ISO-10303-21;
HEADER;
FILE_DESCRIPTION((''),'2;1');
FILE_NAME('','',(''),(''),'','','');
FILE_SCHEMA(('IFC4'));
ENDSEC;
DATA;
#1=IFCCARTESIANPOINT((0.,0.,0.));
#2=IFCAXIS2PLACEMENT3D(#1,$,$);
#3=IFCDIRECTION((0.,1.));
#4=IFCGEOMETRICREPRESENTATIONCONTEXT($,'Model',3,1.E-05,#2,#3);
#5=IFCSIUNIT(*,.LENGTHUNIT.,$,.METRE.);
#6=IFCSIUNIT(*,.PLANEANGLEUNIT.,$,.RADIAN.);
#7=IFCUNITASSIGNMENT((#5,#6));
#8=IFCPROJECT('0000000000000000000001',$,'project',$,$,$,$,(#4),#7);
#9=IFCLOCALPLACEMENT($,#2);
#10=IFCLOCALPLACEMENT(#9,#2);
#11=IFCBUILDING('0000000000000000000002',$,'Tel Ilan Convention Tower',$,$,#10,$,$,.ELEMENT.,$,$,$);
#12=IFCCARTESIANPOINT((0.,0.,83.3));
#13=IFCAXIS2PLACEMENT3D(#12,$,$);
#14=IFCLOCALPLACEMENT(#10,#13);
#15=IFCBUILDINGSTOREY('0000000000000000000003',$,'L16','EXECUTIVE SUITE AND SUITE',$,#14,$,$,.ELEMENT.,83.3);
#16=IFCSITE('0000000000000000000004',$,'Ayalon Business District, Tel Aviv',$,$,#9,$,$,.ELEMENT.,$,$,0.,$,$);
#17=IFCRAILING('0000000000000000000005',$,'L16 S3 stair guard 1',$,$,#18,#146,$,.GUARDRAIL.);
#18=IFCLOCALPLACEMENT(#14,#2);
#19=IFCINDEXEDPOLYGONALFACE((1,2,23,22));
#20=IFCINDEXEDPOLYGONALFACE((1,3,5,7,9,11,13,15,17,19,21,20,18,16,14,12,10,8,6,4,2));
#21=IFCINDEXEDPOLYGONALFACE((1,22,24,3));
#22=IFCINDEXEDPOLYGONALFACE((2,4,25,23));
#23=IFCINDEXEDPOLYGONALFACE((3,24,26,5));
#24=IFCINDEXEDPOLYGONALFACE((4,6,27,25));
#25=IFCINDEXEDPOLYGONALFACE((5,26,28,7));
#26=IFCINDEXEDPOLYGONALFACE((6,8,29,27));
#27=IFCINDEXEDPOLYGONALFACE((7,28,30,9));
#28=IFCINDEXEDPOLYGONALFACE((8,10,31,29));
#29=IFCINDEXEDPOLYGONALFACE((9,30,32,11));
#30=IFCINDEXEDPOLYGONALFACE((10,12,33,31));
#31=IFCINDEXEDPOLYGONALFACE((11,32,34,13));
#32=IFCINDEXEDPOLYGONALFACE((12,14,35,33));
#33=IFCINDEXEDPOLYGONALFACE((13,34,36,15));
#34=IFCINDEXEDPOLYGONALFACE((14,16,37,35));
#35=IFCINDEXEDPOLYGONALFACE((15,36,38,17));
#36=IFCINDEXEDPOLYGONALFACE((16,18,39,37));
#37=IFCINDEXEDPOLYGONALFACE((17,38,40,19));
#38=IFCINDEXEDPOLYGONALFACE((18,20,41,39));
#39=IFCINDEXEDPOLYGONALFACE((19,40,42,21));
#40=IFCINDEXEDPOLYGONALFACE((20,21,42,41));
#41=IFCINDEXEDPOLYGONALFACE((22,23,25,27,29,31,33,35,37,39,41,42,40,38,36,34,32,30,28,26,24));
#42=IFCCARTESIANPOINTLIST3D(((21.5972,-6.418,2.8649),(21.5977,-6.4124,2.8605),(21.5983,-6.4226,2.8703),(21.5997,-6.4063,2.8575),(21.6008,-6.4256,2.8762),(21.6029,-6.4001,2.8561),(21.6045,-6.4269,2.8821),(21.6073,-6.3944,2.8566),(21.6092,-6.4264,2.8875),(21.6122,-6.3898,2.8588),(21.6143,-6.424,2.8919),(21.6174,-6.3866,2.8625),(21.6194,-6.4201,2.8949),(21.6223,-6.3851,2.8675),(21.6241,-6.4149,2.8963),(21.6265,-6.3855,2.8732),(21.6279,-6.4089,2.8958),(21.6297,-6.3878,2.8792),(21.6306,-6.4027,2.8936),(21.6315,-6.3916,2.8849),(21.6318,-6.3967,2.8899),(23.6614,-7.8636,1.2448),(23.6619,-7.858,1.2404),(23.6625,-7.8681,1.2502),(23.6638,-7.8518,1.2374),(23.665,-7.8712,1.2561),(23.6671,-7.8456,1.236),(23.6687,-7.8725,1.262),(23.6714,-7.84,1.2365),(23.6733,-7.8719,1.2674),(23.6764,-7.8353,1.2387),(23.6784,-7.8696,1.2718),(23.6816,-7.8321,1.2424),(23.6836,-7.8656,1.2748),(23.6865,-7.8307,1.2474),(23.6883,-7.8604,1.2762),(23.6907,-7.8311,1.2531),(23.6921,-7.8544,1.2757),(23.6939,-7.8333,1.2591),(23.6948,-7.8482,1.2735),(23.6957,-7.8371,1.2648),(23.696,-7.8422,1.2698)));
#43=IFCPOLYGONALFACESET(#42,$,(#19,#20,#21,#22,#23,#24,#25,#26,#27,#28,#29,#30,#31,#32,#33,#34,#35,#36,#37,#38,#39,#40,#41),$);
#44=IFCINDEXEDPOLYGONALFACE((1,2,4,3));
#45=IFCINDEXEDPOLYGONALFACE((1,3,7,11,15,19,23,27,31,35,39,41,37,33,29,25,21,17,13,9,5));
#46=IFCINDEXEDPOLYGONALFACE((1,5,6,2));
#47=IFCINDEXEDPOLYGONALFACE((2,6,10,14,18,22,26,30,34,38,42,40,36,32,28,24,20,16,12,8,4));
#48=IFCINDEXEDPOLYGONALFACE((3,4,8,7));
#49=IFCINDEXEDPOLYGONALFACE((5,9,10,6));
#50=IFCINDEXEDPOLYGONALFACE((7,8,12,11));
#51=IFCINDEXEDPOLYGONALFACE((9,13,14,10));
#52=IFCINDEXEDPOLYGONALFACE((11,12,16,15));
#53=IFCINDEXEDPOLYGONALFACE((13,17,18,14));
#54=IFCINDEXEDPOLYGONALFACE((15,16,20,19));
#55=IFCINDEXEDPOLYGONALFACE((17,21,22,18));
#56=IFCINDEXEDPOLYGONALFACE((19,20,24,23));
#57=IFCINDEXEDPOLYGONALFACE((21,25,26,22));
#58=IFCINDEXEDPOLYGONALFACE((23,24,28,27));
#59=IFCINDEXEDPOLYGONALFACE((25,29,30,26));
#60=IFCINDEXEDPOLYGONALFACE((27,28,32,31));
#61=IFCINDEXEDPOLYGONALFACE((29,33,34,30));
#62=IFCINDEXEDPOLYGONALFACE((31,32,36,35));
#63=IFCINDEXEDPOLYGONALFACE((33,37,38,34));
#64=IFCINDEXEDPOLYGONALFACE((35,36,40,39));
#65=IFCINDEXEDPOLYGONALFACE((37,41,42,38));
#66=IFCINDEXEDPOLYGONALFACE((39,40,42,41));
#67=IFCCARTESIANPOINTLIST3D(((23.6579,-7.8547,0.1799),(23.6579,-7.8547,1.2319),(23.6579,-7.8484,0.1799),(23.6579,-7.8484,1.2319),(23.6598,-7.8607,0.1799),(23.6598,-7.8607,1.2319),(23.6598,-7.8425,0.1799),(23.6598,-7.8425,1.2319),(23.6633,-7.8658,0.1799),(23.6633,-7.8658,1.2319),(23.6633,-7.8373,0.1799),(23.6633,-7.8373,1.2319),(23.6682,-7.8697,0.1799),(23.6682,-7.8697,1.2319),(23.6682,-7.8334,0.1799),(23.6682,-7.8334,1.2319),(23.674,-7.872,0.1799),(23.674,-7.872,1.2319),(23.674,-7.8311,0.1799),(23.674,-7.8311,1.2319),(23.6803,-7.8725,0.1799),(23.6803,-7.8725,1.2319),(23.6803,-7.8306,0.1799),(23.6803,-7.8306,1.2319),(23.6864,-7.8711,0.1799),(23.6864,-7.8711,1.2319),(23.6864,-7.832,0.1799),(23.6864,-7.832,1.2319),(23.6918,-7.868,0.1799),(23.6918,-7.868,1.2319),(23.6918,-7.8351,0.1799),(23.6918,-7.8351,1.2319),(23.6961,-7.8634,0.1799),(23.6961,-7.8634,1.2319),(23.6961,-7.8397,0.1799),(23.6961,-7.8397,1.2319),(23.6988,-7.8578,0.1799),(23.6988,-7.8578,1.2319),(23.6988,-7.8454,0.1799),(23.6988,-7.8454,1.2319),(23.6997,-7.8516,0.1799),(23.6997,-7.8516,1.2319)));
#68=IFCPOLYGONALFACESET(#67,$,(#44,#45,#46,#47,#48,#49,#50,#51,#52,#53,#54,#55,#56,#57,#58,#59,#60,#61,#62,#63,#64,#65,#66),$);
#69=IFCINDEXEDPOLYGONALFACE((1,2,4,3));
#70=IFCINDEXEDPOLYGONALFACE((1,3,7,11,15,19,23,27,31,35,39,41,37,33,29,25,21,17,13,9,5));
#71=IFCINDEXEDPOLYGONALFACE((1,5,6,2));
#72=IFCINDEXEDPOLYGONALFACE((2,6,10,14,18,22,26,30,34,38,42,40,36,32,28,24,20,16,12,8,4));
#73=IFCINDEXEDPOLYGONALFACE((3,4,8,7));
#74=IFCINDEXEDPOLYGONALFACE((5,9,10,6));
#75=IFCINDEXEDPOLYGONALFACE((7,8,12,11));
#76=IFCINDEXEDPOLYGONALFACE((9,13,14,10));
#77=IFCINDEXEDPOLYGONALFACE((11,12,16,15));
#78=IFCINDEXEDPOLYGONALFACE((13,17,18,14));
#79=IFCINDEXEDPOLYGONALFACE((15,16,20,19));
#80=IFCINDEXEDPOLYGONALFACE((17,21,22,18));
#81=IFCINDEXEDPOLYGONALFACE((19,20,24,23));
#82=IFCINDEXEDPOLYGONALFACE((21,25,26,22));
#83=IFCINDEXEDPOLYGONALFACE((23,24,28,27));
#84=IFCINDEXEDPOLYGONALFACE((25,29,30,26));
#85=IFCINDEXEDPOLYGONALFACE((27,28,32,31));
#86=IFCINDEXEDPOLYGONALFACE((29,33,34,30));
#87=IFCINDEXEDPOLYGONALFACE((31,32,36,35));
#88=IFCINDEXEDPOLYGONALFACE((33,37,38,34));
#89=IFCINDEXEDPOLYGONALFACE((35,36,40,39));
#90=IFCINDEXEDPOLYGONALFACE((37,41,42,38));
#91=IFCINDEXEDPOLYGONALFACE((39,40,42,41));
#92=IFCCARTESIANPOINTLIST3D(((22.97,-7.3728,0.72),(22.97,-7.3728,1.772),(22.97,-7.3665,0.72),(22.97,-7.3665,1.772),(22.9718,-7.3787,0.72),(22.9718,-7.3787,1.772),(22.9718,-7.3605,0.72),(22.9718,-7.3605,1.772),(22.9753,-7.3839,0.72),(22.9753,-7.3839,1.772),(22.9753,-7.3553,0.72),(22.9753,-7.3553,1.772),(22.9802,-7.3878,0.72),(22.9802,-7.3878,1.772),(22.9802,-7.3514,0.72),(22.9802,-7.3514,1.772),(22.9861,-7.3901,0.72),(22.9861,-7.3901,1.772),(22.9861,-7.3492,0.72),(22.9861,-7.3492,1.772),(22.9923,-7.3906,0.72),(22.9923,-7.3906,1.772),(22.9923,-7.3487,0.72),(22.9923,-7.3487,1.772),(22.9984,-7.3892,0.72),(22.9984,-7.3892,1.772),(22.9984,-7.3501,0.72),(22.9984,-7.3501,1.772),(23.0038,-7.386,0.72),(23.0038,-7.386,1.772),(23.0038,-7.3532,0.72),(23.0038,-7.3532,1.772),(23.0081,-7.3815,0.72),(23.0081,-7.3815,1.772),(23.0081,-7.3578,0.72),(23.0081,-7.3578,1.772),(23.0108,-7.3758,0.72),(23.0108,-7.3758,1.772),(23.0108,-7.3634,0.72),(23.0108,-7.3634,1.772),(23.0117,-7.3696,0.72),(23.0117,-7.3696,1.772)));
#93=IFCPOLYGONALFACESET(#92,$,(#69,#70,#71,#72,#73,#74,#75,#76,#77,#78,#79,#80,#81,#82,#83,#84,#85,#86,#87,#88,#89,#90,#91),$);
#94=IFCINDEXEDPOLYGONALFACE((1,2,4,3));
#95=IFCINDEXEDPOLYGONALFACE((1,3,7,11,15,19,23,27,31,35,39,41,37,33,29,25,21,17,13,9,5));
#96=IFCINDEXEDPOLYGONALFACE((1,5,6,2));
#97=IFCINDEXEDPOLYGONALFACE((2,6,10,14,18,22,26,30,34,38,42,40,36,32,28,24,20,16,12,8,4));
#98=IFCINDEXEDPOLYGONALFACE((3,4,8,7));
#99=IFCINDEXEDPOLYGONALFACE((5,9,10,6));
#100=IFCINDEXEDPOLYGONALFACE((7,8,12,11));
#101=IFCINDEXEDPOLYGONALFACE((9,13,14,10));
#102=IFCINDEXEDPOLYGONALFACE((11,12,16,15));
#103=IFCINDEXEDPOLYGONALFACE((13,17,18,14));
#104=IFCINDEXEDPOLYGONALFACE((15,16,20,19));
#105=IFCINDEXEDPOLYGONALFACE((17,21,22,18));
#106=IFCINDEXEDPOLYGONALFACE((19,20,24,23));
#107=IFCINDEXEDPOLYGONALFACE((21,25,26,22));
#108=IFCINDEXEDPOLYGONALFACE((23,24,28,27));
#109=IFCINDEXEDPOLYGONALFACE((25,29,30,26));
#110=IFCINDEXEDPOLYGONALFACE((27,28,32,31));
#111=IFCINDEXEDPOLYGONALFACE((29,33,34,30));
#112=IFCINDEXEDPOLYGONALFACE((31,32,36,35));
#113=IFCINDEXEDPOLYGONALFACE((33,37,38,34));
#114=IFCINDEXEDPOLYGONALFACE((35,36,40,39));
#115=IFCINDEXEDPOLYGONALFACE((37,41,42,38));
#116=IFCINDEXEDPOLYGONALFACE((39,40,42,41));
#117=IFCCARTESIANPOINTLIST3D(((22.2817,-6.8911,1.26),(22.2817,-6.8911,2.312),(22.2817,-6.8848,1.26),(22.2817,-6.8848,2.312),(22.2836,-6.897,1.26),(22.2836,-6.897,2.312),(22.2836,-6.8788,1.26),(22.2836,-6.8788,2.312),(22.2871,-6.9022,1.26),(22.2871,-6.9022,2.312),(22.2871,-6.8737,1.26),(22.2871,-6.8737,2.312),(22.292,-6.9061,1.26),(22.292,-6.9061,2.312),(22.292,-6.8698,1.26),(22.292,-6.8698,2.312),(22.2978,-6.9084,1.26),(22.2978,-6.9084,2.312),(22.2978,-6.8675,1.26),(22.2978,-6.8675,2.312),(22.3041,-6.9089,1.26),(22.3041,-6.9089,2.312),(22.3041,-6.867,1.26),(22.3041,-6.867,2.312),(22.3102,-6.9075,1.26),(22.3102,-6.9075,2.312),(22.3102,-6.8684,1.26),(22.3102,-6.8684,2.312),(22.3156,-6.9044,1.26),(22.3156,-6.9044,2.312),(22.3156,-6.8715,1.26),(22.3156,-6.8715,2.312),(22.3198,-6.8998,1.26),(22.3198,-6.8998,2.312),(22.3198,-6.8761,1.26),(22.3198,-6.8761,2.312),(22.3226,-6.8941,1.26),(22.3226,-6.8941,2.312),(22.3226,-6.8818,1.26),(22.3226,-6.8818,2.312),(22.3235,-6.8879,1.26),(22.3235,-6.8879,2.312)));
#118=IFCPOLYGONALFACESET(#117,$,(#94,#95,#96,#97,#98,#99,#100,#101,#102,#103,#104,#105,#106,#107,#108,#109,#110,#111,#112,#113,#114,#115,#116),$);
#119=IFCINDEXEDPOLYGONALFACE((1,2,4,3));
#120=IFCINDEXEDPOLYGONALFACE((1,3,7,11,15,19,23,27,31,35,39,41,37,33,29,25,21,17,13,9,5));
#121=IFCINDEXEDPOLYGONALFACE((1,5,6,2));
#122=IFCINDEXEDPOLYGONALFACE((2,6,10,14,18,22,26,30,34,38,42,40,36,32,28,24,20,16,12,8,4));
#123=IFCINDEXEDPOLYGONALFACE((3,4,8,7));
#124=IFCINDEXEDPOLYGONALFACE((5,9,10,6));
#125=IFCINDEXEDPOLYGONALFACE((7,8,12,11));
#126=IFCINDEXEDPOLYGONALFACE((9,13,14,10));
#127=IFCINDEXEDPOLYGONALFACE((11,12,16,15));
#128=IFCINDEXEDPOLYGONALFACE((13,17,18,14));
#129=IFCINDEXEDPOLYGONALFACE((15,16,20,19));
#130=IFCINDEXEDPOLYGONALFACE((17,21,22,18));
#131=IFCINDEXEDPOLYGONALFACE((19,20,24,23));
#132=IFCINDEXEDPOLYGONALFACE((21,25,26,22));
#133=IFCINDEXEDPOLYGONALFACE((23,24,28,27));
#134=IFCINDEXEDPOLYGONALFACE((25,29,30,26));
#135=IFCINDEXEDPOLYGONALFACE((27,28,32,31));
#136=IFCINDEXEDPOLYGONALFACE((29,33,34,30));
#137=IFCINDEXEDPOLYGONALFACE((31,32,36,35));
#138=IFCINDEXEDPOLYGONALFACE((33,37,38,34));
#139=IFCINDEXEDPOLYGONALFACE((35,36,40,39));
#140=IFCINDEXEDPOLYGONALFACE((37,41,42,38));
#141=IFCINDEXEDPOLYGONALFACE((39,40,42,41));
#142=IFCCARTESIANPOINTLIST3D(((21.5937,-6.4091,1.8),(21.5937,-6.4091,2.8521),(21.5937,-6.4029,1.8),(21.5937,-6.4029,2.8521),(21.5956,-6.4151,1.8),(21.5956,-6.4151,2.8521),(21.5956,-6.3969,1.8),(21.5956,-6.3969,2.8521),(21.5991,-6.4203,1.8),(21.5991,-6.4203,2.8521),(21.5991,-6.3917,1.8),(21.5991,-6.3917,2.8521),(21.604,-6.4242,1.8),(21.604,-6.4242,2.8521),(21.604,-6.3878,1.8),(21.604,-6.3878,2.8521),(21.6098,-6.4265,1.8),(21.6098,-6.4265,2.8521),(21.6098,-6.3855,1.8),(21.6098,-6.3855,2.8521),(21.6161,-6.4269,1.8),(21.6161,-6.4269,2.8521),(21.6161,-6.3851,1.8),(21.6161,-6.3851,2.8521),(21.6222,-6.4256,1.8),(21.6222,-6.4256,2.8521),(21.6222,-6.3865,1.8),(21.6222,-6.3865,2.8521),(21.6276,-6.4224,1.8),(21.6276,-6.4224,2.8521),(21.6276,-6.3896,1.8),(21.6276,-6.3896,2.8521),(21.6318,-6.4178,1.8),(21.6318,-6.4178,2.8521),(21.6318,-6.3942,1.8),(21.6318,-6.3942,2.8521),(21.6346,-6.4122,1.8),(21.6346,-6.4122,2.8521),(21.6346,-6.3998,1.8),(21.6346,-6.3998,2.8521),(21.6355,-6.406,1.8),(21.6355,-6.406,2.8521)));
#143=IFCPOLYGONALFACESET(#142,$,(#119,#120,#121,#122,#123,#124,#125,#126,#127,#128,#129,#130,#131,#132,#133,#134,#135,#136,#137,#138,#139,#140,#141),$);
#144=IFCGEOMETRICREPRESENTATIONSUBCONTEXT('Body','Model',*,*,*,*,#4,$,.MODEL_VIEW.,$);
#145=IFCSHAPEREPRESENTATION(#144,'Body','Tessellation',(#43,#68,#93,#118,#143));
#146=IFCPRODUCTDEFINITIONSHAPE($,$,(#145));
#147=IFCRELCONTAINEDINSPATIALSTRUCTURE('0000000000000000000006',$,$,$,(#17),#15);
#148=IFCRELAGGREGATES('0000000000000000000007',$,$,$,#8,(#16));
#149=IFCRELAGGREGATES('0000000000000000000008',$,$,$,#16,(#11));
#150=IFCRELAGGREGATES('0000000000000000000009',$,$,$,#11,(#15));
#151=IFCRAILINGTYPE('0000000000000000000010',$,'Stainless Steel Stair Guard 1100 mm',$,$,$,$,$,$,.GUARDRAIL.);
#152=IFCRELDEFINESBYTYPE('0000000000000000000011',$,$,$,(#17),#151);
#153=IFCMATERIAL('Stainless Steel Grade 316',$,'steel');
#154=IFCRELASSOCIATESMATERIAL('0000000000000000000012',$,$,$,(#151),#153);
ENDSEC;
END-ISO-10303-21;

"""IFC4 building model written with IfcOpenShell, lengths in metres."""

from ifc_helpers import new_model, si_unit, direction, frame, origin, origin_2d, place, context, subcontext, project, spatial, circle, extrude, material, type_object, element, save


model = new_model("IFC4")

# Units and contexts
model_context = context("Model", 3, precision=1e-05, world=origin(), true_north=direction((0.0, 1.0)))
body_context = subcontext(model_context, "Body", "Model", "MODEL_VIEW")
ifc_project = project(units=[si_unit("LENGTHUNIT", "METRE"), si_unit("PLANEANGLEUNIT", "RADIAN")], contexts=[model_context])

# Site, building, storey
site_placement = place(None, origin())
site = spatial("IfcSite", under=ifc_project, at=site_placement, Name="Ayalon Business District, Tel Aviv", CompositionType="ELEMENT", RefElevation=0.0)
building_placement = place(site_placement, origin())
building = spatial("IfcBuilding", under=site, at=building_placement, Name="Tel Ilan Convention Tower", CompositionType="ELEMENT")
storey_placement = place(building_placement, frame((0.0, 0.0, 83.3)))
storey = spatial("IfcBuildingStorey", under=building, at=storey_placement, Name="L16", Description="EXECUTIVE SUITE AND SUITE", CompositionType="ELEMENT", Elevation=83.3)

# Railing
ifc_material_1 = material(Name="Stainless Steel Grade 316", Category="steel")
railing_type_1 = type_object("IfcRailingType", Name="Stainless Steel Stair Guard 1100 mm", PredefinedType="GUARDRAIL", material=ifc_material_1)
railing_1_placement = place(storey_placement, frame((23.6787, -7.8516, 0.1799)))
element("IfcRailing", 1, at=railing_1_placement, inside=storey, type_object=railing_type_1, Name="L16 S3 stair guard 1", PredefinedType="GUARDRAIL", context=body_context, shape_type="SweptSolid", body=[
    extrude(circle(Radius=0.0239, at=origin_2d()), frame((0.0, 0.0, 1.0762), z_axis=(-0.689013, 0.482513, 0.540779), x_axis=(-0.573625, -0.819118, 0.0)), (0.0, 0.0, 1.0), 2.9958),
    extrude(circle(Radius=0.021, at=origin_2d()), origin(), (0.0, 0.0, 1.0), 1.052),
    extrude(circle(Radius=0.021, at=origin_2d()), frame((-0.688, 0.4819, 0.54)), (0.0, 0.0, 1.0), 1.052),
    extrude(circle(Radius=0.021, at=origin_2d()), frame((-1.3762, 0.9636, 1.0801)), (0.0, 0.0, 1.0), 1.052),
    extrude(circle(Radius=0.021, at=origin_2d()), frame((-2.0642, 1.4456, 1.6201)), (0.0, 0.0, 1.0), 1.052),
])

save(model, "model.ifc")
